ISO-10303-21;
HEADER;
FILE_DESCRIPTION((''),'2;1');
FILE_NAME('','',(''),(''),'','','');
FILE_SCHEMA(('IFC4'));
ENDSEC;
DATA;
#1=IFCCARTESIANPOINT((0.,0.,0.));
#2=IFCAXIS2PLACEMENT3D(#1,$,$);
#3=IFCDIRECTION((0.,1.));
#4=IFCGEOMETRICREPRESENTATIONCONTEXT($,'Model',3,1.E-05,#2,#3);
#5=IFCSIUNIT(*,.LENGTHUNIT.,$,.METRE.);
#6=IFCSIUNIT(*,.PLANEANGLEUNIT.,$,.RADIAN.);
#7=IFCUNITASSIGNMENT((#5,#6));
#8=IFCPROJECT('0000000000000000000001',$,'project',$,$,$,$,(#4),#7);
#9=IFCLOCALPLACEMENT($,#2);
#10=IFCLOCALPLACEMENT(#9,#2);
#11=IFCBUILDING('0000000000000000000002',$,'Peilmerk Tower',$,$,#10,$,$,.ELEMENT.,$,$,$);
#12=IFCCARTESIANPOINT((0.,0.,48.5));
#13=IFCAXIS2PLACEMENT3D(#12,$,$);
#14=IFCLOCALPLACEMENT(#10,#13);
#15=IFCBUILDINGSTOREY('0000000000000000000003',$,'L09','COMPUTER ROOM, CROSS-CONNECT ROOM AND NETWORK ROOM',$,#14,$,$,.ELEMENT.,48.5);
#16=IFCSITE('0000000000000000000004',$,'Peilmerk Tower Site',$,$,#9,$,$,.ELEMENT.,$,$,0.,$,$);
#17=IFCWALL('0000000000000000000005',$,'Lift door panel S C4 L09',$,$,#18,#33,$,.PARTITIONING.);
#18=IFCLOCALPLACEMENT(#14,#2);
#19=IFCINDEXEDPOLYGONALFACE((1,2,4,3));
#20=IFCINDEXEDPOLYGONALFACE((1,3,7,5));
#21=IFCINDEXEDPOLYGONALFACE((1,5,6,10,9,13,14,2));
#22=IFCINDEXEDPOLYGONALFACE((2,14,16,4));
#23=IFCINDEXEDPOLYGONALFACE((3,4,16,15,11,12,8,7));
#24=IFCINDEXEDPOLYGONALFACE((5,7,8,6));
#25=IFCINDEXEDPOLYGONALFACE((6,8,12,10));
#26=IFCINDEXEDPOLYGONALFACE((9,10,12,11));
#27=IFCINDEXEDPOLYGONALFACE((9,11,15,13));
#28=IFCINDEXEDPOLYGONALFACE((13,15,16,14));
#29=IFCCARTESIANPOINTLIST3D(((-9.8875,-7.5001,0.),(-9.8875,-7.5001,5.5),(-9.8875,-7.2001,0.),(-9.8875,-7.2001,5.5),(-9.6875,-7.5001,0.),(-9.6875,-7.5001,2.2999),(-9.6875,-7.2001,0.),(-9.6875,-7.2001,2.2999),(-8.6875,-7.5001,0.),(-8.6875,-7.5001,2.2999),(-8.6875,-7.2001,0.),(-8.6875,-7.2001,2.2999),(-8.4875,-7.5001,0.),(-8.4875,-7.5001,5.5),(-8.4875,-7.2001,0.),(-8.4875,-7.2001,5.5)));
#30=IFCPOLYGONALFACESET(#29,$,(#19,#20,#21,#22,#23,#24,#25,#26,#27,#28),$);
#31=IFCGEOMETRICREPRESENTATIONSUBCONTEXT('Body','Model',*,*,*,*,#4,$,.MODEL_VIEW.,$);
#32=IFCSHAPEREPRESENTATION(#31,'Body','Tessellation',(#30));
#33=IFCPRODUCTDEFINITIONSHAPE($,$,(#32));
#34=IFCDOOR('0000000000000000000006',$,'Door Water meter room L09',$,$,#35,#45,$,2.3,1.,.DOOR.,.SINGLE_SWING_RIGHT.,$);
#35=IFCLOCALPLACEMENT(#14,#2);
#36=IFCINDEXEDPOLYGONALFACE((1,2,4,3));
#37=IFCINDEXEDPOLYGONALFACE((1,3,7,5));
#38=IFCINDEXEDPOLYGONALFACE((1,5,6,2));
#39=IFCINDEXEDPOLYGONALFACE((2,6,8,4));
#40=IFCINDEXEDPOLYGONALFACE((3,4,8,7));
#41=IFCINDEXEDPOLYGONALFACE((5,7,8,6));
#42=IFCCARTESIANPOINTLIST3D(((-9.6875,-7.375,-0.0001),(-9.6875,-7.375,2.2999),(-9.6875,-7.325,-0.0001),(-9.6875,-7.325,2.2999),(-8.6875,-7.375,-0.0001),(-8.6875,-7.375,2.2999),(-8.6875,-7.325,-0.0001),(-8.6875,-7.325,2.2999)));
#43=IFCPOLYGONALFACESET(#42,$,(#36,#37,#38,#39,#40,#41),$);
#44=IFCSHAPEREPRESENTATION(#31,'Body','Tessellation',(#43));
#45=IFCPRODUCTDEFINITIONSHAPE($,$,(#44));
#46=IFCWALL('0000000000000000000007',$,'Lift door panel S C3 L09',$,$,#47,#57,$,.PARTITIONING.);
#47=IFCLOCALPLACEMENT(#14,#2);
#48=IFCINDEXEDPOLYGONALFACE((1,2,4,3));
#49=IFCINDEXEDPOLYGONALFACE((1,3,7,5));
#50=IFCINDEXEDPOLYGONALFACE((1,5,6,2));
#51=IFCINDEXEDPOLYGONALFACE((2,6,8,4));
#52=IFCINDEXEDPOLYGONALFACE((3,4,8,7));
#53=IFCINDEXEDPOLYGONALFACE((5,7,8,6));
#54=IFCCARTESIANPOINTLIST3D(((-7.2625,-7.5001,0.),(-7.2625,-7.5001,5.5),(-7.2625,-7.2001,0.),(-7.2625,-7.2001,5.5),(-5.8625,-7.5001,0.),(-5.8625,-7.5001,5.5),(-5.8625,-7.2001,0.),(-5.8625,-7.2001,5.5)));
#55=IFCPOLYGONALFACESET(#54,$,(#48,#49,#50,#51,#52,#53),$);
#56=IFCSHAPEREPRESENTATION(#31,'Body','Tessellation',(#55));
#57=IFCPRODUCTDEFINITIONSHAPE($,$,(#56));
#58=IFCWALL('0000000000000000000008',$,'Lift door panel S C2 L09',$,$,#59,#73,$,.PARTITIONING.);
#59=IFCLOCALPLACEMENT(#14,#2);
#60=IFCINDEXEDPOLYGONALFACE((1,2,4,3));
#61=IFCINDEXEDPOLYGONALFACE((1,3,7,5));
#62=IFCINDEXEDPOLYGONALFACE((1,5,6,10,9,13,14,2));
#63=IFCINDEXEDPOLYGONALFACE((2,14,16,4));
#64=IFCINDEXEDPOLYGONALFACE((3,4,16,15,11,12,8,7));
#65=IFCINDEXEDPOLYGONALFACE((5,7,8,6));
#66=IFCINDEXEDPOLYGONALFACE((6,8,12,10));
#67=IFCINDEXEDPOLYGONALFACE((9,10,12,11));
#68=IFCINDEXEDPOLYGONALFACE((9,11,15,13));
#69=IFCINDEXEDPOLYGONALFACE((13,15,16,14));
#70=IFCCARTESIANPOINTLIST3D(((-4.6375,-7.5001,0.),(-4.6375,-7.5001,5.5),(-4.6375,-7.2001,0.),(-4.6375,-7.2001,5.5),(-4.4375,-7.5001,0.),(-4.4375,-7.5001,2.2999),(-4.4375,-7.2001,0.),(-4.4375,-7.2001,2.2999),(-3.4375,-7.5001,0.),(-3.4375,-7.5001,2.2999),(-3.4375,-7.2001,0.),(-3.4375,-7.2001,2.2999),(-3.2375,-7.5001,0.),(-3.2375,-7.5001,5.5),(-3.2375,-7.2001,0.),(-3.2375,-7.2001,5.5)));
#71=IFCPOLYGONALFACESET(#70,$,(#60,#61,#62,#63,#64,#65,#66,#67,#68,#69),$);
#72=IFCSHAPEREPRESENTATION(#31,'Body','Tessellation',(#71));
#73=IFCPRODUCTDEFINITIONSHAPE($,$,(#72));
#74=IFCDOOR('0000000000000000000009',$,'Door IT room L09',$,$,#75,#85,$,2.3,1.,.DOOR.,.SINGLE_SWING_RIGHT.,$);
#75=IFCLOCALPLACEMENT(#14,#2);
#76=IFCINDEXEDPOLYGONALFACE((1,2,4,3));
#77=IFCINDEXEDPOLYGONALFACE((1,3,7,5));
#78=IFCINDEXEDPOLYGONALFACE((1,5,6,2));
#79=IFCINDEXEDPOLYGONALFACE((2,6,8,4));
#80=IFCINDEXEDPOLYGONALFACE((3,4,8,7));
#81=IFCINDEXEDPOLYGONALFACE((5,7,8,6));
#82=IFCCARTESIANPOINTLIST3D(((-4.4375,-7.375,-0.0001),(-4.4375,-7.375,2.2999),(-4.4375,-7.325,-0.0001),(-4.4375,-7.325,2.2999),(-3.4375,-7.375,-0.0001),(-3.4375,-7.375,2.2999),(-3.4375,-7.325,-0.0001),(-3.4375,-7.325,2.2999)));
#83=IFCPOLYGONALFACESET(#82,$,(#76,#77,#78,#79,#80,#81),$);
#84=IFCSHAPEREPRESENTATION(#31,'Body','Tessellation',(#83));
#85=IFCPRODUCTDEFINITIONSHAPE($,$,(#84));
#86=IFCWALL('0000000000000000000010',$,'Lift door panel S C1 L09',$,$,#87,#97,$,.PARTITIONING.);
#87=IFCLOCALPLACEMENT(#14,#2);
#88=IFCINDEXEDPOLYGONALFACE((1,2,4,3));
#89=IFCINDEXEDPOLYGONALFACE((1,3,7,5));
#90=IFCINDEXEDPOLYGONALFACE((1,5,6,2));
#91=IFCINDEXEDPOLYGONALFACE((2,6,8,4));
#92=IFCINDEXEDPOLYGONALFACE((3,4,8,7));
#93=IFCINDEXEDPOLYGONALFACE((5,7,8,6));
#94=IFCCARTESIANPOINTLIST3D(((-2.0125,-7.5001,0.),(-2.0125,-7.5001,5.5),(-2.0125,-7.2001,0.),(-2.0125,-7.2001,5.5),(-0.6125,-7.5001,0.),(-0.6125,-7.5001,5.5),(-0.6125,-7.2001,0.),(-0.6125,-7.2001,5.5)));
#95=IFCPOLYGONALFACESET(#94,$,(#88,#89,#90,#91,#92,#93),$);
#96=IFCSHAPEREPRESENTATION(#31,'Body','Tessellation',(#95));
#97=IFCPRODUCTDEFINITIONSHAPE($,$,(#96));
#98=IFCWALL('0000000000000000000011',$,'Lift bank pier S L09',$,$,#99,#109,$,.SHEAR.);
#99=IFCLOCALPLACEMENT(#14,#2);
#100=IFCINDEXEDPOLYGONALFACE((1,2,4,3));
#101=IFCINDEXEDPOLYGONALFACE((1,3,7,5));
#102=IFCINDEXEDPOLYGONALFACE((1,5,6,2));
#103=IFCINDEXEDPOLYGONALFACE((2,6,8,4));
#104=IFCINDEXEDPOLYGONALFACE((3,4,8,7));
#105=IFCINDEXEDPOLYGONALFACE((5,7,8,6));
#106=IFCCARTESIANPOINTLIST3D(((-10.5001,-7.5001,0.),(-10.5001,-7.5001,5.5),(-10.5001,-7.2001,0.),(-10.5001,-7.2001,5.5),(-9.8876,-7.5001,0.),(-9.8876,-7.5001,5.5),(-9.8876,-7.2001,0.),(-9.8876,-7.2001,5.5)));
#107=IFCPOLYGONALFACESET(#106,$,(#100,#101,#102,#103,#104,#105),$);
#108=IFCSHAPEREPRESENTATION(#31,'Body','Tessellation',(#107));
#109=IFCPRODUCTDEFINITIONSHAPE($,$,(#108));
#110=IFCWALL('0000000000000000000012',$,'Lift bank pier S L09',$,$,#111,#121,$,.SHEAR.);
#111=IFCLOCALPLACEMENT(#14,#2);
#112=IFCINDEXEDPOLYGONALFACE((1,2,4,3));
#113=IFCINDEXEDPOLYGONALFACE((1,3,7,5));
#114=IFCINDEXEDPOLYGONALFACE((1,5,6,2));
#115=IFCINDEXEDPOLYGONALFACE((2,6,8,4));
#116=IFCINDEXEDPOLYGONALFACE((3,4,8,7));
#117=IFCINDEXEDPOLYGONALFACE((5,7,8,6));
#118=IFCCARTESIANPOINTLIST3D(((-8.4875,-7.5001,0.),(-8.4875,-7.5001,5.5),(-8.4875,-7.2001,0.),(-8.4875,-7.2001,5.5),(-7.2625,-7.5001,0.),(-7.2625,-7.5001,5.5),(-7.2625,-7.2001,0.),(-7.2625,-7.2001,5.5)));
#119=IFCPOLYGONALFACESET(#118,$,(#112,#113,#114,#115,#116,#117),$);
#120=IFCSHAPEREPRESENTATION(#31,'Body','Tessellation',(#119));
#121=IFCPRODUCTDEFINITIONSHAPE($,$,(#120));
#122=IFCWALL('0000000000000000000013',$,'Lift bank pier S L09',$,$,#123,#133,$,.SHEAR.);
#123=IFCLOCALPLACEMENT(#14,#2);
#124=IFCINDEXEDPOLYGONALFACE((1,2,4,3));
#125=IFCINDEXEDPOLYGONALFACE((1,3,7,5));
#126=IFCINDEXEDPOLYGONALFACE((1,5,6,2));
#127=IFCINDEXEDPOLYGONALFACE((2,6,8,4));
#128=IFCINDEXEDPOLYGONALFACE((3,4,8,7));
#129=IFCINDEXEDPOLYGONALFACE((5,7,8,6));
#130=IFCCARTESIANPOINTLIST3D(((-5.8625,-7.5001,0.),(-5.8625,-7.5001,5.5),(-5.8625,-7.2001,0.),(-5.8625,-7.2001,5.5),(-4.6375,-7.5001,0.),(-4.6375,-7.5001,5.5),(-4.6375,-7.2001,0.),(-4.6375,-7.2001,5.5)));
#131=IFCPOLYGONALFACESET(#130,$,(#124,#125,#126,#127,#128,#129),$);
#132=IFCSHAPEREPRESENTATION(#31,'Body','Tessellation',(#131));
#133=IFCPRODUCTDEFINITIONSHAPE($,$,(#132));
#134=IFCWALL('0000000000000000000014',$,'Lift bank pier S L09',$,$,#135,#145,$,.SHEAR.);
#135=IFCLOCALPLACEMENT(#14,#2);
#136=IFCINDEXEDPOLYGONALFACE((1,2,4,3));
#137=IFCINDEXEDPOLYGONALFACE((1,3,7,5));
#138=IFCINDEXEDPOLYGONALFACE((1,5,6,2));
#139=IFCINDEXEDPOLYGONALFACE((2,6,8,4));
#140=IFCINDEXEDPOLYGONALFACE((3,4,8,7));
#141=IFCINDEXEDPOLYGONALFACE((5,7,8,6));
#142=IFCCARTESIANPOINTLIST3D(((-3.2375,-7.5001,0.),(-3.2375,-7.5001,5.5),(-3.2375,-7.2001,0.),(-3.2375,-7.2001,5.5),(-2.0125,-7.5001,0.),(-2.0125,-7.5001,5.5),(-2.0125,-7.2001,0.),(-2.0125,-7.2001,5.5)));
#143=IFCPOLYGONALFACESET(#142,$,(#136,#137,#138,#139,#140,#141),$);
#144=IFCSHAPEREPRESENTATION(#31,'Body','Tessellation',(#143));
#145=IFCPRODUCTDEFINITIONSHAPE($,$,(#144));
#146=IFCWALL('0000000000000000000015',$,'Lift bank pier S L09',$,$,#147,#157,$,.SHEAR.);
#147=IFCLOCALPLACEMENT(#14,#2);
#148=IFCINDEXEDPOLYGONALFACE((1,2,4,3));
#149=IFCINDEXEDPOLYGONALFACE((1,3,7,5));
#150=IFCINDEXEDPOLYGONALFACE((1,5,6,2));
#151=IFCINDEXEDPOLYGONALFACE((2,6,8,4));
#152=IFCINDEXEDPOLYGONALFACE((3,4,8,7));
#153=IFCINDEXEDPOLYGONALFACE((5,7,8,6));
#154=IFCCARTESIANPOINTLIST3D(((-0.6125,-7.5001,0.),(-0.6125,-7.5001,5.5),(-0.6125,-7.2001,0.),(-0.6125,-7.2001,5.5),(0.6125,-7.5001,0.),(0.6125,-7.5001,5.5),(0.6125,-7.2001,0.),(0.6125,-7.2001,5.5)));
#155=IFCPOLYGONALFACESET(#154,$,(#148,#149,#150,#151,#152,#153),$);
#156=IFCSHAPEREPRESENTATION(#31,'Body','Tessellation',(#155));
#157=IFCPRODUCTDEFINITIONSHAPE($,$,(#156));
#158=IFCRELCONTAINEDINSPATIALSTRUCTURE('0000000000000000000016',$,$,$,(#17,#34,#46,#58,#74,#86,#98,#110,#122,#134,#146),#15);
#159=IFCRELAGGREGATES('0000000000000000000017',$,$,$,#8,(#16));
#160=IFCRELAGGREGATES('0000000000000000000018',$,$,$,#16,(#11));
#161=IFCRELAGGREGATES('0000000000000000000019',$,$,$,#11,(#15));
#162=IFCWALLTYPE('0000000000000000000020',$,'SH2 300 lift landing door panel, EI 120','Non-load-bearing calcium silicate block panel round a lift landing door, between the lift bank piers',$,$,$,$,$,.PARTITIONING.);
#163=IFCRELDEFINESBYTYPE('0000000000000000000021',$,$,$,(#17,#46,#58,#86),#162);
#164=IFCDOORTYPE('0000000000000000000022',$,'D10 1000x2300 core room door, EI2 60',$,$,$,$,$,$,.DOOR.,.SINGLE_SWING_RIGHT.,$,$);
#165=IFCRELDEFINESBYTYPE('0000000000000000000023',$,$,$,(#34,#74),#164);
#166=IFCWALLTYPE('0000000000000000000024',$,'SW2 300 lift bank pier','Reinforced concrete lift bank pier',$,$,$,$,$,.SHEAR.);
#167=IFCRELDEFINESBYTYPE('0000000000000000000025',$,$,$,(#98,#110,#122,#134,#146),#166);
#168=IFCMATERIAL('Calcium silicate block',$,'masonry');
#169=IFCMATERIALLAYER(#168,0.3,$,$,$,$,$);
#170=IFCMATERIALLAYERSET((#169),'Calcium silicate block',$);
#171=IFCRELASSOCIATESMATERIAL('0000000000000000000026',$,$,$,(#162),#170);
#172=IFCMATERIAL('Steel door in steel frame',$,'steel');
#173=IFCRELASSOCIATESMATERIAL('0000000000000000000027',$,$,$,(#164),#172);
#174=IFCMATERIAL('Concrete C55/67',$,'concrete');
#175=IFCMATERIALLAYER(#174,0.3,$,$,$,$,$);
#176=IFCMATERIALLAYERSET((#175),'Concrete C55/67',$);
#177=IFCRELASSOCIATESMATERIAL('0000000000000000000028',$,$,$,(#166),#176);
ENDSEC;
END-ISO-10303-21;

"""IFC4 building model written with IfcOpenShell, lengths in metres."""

from ifc_helpers import new_model, si_unit, direction, frame, frame_2d, origin, place, context, subcontext, project, spatial, rectangle, extrude, material, layer, layer_set, type_object, element, fill, save


model = new_model("IFC4")

# Units and contexts
model_context = context("Model", 3, precision=1e-05, world=origin(), true_north=direction((0.0, 1.0)))
body_context = subcontext(model_context, "Body", "Model", "MODEL_VIEW")
ifc_project = project(units=[si_unit("LENGTHUNIT", "METRE"), si_unit("PLANEANGLEUNIT", "RADIAN")], contexts=[model_context])

# Site, building, storey
site_placement = place(None, origin())
site = spatial("IfcSite", under=ifc_project, at=site_placement, Name="Peilmerk Tower Site", CompositionType="ELEMENT", RefElevation=0.0)
building_placement = place(site_placement, origin())
building = spatial("IfcBuilding", under=site, at=building_placement, Name="Peilmerk Tower", CompositionType="ELEMENT")
storey_placement = place(building_placement, frame((0.0, 0.0, 48.5)))
storey = spatial("IfcBuildingStorey", under=building, at=storey_placement, Name="L09", Description="COMPUTER ROOM, CROSS-CONNECT ROOM AND NETWORK ROOM", CompositionType="ELEMENT", Elevation=48.5)

# Shared definitions
ifc_material_1 = material(Name="Calcium silicate block", Category="masonry")

# Wall, opening, door
ifc_layer_1 = layer(ifc_material_1, 0.3)
ifc_layer_set_1 = layer_set([ifc_layer_1], Name="Calcium silicate block")
wall_type_1 = type_object("IfcWallType", Name="SH2 300 lift landing door panel, EI 120", Description="Non-load-bearing calcium silicate block panel round a lift landing door, between the lift bank piers", PredefinedType="PARTITIONING", material=ifc_layer_set_1)
wall_1_placement = place(storey_placement, frame((-9.8875, -7.3501, 0.0), z_axis=(0.0, 0.0, 1.0), x_axis=(1.0, 0.0, 0.0)))
wall_1 = element("IfcWall", 1, at=wall_1_placement, inside=storey, type_object=wall_type_1, Name="Lift door panel S C4 L09", PredefinedType="PARTITIONING", context=body_context, shape_type="SweptSolid", body=[
    extrude(rectangle(XDim=1.3999, YDim=0.3, at=frame_2d((0.7, 0.0))), origin(), (0.0, 0.0, 1.0), 5.5),
])
opening_1_placement = place(wall_1_placement, frame((0.2, 0.0, 0.0)))
opening_1 = element("IfcOpeningElement", 2, at=opening_1_placement, cuts=wall_1, PredefinedType="OPENING", context=body_context, shape_type="SweptSolid", body=[
    extrude(rectangle(XDim=1.0, YDim=2.3, at=frame_2d((0.5, 1.1499))), frame((0.0, 0.1599, 0.0), z_axis=(0.0, -1.0, 0.0), x_axis=(1.0, 0.0, 0.0)), (0.0, 0.0, 1.0), 0.3201),
])
ifc_material_2 = material(Name="Steel door in steel frame", Category="steel")
door_type = type_object("IfcDoorType", Name="D10 1000x2300 core room door, EI2 60", OperationType="SINGLE_SWING_RIGHT", PredefinedType="DOOR", material=ifc_material_2)
door_1_placement = place(opening_1_placement, frame((1.0, 0.0, 0.0), z_axis=(0.0, 0.0, 1.0), x_axis=(-1.0, 0.0, 0.0)))
door_1 = element("IfcDoor", 3, at=door_1_placement, inside=storey, type_object=door_type, Name="Door Water meter room L09", OperationType="SINGLE_SWING_RIGHT", OverallHeight=2.3, OverallWidth=1.0, PredefinedType="DOOR", context=body_context, shape_type="SweptSolid", body=[
    extrude(rectangle(XDim=1.0, YDim=2.3, at=frame_2d((0.5, 1.1499))), frame((0.0, 0.0249, 0.0), z_axis=(0.0, -1.0, 0.0), x_axis=(1.0, 0.0, 0.0)), (0.0, 0.0, 1.0), 0.05),
])
fill(opening_1, door_1)

# Wall
wall_2_placement = place(storey_placement, frame((-7.2625, -7.3501, 0.0), z_axis=(0.0, 0.0, 1.0), x_axis=(1.0, 0.0, 0.0)))
element("IfcWall", 4, at=wall_2_placement, inside=storey, type_object=wall_type_1, Name="Lift door panel S C3 L09", PredefinedType="PARTITIONING", context=body_context, shape_type="SweptSolid", body=[
    extrude(rectangle(XDim=1.3999, YDim=0.3, at=frame_2d((0.7, 0.0))), origin(), (0.0, 0.0, 1.0), 5.5),
])

# Wall, opening, door
wall_3_placement = place(storey_placement, frame((-4.6375, -7.3501, 0.0), z_axis=(0.0, 0.0, 1.0), x_axis=(1.0, 0.0, 0.0)))
wall_3 = element("IfcWall", 5, at=wall_3_placement, inside=storey, type_object=wall_type_1, Name="Lift door panel S C2 L09", PredefinedType="PARTITIONING", context=body_context, shape_type="SweptSolid", body=[
    extrude(rectangle(XDim=1.3999, YDim=0.3, at=frame_2d((0.7, 0.0))), origin(), (0.0, 0.0, 1.0), 5.5),
])
opening_2_placement = place(wall_3_placement, frame((0.2, 0.0, 0.0)))
opening_2 = element("IfcOpeningElement", 6, at=opening_2_placement, cuts=wall_3, PredefinedType="OPENING", context=body_context, shape_type="SweptSolid", body=[
    extrude(rectangle(XDim=1.0, YDim=2.3, at=frame_2d((0.5, 1.1499))), frame((0.0, 0.1599, 0.0), z_axis=(0.0, -1.0, 0.0), x_axis=(1.0, 0.0, 0.0)), (0.0, 0.0, 1.0), 0.3201),
])
door_2_placement = place(opening_2_placement, frame((1.0, 0.0, 0.0), z_axis=(0.0, 0.0, 1.0), x_axis=(-1.0, 0.0, 0.0)))
door_2 = element("IfcDoor", 7, at=door_2_placement, inside=storey, type_object=door_type, Name="Door IT room L09", OperationType="SINGLE_SWING_RIGHT", OverallHeight=2.3, OverallWidth=1.0, PredefinedType="DOOR", context=body_context, shape_type="SweptSolid", body=[
    extrude(rectangle(XDim=1.0, YDim=2.3, at=frame_2d((0.5, 1.1499))), frame((0.0, 0.0249, 0.0), z_axis=(0.0, -1.0, 0.0), x_axis=(1.0, 0.0, 0.0)), (0.0, 0.0, 1.0), 0.05),
])
fill(opening_2, door_2)

# Walls
wall_4_placement = place(storey_placement, frame((-2.0125, -7.3501, 0.0), z_axis=(0.0, 0.0, 1.0), x_axis=(1.0, 0.0, 0.0)))
element("IfcWall", 8, at=wall_4_placement, inside=storey, type_object=wall_type_1, Name="Lift door panel S C1 L09", PredefinedType="PARTITIONING", context=body_context, shape_type="SweptSolid", body=[
    extrude(rectangle(XDim=1.3999, YDim=0.3, at=frame_2d((0.7, 0.0))), origin(), (0.0, 0.0, 1.0), 5.5),
])
ifc_material_3 = material(Name="Concrete C55/67", Category="concrete")
ifc_layer_2 = layer(ifc_material_3, 0.3)
ifc_layer_set_2 = layer_set([ifc_layer_2], Name="Concrete C55/67")
wall_type_2 = type_object("IfcWallType", Name="SW2 300 lift bank pier", Description="Reinforced concrete lift bank pier", PredefinedType="SHEAR", material=ifc_layer_set_2)
wall_5_placement = place(storey_placement, frame((-10.5, -7.3501, 0.0), z_axis=(0.0, 0.0, 1.0), x_axis=(1.0, 0.0, 0.0)))
element("IfcWall", 9, at=wall_5_placement, inside=storey, type_object=wall_type_2, Name="Lift bank pier S L09", PredefinedType="SHEAR", context=body_context, shape_type="SweptSolid", body=[
    extrude(rectangle(XDim=0.6125, YDim=0.3, at=frame_2d((0.3062, 0.0))), origin(), (0.0, 0.0, 1.0), 5.5),
])
for number, where, z_axis, x_axis, name in (
    (10, (-8.4875, -7.3501, 0.0), (0.0, 0.0, 1.0), (1.0, 0.0, 0.0), "Lift bank pier S L09"),
    (11, (-5.8625, -7.3501, 0.0), (0.0, 0.0, 1.0), (1.0, 0.0, 0.0), "Lift bank pier S L09"),
    (12, (-3.2375, -7.3501, 0.0), (0.0, 0.0, 1.0), (1.0, 0.0, 0.0), "Lift bank pier S L09"),
    (13, (-0.6125, -7.3501, 0.0), (0.0, 0.0, 1.0), (1.0, 0.0, 0.0), "Lift bank pier S L09"),
):
    element("IfcWall", number, at=place(storey_placement, frame(where, z_axis=z_axis, x_axis=x_axis)), inside=storey, type_object=wall_type_2, Name=name, PredefinedType="SHEAR", context=body_context, shape_type="SweptSolid", body=[
        extrude(rectangle(XDim=1.2251, YDim=0.3, at=frame_2d((0.6125, 0.0))), origin(), (0.0, 0.0, 1.0), 5.5),
    ])

save(model, "model.ifc")
